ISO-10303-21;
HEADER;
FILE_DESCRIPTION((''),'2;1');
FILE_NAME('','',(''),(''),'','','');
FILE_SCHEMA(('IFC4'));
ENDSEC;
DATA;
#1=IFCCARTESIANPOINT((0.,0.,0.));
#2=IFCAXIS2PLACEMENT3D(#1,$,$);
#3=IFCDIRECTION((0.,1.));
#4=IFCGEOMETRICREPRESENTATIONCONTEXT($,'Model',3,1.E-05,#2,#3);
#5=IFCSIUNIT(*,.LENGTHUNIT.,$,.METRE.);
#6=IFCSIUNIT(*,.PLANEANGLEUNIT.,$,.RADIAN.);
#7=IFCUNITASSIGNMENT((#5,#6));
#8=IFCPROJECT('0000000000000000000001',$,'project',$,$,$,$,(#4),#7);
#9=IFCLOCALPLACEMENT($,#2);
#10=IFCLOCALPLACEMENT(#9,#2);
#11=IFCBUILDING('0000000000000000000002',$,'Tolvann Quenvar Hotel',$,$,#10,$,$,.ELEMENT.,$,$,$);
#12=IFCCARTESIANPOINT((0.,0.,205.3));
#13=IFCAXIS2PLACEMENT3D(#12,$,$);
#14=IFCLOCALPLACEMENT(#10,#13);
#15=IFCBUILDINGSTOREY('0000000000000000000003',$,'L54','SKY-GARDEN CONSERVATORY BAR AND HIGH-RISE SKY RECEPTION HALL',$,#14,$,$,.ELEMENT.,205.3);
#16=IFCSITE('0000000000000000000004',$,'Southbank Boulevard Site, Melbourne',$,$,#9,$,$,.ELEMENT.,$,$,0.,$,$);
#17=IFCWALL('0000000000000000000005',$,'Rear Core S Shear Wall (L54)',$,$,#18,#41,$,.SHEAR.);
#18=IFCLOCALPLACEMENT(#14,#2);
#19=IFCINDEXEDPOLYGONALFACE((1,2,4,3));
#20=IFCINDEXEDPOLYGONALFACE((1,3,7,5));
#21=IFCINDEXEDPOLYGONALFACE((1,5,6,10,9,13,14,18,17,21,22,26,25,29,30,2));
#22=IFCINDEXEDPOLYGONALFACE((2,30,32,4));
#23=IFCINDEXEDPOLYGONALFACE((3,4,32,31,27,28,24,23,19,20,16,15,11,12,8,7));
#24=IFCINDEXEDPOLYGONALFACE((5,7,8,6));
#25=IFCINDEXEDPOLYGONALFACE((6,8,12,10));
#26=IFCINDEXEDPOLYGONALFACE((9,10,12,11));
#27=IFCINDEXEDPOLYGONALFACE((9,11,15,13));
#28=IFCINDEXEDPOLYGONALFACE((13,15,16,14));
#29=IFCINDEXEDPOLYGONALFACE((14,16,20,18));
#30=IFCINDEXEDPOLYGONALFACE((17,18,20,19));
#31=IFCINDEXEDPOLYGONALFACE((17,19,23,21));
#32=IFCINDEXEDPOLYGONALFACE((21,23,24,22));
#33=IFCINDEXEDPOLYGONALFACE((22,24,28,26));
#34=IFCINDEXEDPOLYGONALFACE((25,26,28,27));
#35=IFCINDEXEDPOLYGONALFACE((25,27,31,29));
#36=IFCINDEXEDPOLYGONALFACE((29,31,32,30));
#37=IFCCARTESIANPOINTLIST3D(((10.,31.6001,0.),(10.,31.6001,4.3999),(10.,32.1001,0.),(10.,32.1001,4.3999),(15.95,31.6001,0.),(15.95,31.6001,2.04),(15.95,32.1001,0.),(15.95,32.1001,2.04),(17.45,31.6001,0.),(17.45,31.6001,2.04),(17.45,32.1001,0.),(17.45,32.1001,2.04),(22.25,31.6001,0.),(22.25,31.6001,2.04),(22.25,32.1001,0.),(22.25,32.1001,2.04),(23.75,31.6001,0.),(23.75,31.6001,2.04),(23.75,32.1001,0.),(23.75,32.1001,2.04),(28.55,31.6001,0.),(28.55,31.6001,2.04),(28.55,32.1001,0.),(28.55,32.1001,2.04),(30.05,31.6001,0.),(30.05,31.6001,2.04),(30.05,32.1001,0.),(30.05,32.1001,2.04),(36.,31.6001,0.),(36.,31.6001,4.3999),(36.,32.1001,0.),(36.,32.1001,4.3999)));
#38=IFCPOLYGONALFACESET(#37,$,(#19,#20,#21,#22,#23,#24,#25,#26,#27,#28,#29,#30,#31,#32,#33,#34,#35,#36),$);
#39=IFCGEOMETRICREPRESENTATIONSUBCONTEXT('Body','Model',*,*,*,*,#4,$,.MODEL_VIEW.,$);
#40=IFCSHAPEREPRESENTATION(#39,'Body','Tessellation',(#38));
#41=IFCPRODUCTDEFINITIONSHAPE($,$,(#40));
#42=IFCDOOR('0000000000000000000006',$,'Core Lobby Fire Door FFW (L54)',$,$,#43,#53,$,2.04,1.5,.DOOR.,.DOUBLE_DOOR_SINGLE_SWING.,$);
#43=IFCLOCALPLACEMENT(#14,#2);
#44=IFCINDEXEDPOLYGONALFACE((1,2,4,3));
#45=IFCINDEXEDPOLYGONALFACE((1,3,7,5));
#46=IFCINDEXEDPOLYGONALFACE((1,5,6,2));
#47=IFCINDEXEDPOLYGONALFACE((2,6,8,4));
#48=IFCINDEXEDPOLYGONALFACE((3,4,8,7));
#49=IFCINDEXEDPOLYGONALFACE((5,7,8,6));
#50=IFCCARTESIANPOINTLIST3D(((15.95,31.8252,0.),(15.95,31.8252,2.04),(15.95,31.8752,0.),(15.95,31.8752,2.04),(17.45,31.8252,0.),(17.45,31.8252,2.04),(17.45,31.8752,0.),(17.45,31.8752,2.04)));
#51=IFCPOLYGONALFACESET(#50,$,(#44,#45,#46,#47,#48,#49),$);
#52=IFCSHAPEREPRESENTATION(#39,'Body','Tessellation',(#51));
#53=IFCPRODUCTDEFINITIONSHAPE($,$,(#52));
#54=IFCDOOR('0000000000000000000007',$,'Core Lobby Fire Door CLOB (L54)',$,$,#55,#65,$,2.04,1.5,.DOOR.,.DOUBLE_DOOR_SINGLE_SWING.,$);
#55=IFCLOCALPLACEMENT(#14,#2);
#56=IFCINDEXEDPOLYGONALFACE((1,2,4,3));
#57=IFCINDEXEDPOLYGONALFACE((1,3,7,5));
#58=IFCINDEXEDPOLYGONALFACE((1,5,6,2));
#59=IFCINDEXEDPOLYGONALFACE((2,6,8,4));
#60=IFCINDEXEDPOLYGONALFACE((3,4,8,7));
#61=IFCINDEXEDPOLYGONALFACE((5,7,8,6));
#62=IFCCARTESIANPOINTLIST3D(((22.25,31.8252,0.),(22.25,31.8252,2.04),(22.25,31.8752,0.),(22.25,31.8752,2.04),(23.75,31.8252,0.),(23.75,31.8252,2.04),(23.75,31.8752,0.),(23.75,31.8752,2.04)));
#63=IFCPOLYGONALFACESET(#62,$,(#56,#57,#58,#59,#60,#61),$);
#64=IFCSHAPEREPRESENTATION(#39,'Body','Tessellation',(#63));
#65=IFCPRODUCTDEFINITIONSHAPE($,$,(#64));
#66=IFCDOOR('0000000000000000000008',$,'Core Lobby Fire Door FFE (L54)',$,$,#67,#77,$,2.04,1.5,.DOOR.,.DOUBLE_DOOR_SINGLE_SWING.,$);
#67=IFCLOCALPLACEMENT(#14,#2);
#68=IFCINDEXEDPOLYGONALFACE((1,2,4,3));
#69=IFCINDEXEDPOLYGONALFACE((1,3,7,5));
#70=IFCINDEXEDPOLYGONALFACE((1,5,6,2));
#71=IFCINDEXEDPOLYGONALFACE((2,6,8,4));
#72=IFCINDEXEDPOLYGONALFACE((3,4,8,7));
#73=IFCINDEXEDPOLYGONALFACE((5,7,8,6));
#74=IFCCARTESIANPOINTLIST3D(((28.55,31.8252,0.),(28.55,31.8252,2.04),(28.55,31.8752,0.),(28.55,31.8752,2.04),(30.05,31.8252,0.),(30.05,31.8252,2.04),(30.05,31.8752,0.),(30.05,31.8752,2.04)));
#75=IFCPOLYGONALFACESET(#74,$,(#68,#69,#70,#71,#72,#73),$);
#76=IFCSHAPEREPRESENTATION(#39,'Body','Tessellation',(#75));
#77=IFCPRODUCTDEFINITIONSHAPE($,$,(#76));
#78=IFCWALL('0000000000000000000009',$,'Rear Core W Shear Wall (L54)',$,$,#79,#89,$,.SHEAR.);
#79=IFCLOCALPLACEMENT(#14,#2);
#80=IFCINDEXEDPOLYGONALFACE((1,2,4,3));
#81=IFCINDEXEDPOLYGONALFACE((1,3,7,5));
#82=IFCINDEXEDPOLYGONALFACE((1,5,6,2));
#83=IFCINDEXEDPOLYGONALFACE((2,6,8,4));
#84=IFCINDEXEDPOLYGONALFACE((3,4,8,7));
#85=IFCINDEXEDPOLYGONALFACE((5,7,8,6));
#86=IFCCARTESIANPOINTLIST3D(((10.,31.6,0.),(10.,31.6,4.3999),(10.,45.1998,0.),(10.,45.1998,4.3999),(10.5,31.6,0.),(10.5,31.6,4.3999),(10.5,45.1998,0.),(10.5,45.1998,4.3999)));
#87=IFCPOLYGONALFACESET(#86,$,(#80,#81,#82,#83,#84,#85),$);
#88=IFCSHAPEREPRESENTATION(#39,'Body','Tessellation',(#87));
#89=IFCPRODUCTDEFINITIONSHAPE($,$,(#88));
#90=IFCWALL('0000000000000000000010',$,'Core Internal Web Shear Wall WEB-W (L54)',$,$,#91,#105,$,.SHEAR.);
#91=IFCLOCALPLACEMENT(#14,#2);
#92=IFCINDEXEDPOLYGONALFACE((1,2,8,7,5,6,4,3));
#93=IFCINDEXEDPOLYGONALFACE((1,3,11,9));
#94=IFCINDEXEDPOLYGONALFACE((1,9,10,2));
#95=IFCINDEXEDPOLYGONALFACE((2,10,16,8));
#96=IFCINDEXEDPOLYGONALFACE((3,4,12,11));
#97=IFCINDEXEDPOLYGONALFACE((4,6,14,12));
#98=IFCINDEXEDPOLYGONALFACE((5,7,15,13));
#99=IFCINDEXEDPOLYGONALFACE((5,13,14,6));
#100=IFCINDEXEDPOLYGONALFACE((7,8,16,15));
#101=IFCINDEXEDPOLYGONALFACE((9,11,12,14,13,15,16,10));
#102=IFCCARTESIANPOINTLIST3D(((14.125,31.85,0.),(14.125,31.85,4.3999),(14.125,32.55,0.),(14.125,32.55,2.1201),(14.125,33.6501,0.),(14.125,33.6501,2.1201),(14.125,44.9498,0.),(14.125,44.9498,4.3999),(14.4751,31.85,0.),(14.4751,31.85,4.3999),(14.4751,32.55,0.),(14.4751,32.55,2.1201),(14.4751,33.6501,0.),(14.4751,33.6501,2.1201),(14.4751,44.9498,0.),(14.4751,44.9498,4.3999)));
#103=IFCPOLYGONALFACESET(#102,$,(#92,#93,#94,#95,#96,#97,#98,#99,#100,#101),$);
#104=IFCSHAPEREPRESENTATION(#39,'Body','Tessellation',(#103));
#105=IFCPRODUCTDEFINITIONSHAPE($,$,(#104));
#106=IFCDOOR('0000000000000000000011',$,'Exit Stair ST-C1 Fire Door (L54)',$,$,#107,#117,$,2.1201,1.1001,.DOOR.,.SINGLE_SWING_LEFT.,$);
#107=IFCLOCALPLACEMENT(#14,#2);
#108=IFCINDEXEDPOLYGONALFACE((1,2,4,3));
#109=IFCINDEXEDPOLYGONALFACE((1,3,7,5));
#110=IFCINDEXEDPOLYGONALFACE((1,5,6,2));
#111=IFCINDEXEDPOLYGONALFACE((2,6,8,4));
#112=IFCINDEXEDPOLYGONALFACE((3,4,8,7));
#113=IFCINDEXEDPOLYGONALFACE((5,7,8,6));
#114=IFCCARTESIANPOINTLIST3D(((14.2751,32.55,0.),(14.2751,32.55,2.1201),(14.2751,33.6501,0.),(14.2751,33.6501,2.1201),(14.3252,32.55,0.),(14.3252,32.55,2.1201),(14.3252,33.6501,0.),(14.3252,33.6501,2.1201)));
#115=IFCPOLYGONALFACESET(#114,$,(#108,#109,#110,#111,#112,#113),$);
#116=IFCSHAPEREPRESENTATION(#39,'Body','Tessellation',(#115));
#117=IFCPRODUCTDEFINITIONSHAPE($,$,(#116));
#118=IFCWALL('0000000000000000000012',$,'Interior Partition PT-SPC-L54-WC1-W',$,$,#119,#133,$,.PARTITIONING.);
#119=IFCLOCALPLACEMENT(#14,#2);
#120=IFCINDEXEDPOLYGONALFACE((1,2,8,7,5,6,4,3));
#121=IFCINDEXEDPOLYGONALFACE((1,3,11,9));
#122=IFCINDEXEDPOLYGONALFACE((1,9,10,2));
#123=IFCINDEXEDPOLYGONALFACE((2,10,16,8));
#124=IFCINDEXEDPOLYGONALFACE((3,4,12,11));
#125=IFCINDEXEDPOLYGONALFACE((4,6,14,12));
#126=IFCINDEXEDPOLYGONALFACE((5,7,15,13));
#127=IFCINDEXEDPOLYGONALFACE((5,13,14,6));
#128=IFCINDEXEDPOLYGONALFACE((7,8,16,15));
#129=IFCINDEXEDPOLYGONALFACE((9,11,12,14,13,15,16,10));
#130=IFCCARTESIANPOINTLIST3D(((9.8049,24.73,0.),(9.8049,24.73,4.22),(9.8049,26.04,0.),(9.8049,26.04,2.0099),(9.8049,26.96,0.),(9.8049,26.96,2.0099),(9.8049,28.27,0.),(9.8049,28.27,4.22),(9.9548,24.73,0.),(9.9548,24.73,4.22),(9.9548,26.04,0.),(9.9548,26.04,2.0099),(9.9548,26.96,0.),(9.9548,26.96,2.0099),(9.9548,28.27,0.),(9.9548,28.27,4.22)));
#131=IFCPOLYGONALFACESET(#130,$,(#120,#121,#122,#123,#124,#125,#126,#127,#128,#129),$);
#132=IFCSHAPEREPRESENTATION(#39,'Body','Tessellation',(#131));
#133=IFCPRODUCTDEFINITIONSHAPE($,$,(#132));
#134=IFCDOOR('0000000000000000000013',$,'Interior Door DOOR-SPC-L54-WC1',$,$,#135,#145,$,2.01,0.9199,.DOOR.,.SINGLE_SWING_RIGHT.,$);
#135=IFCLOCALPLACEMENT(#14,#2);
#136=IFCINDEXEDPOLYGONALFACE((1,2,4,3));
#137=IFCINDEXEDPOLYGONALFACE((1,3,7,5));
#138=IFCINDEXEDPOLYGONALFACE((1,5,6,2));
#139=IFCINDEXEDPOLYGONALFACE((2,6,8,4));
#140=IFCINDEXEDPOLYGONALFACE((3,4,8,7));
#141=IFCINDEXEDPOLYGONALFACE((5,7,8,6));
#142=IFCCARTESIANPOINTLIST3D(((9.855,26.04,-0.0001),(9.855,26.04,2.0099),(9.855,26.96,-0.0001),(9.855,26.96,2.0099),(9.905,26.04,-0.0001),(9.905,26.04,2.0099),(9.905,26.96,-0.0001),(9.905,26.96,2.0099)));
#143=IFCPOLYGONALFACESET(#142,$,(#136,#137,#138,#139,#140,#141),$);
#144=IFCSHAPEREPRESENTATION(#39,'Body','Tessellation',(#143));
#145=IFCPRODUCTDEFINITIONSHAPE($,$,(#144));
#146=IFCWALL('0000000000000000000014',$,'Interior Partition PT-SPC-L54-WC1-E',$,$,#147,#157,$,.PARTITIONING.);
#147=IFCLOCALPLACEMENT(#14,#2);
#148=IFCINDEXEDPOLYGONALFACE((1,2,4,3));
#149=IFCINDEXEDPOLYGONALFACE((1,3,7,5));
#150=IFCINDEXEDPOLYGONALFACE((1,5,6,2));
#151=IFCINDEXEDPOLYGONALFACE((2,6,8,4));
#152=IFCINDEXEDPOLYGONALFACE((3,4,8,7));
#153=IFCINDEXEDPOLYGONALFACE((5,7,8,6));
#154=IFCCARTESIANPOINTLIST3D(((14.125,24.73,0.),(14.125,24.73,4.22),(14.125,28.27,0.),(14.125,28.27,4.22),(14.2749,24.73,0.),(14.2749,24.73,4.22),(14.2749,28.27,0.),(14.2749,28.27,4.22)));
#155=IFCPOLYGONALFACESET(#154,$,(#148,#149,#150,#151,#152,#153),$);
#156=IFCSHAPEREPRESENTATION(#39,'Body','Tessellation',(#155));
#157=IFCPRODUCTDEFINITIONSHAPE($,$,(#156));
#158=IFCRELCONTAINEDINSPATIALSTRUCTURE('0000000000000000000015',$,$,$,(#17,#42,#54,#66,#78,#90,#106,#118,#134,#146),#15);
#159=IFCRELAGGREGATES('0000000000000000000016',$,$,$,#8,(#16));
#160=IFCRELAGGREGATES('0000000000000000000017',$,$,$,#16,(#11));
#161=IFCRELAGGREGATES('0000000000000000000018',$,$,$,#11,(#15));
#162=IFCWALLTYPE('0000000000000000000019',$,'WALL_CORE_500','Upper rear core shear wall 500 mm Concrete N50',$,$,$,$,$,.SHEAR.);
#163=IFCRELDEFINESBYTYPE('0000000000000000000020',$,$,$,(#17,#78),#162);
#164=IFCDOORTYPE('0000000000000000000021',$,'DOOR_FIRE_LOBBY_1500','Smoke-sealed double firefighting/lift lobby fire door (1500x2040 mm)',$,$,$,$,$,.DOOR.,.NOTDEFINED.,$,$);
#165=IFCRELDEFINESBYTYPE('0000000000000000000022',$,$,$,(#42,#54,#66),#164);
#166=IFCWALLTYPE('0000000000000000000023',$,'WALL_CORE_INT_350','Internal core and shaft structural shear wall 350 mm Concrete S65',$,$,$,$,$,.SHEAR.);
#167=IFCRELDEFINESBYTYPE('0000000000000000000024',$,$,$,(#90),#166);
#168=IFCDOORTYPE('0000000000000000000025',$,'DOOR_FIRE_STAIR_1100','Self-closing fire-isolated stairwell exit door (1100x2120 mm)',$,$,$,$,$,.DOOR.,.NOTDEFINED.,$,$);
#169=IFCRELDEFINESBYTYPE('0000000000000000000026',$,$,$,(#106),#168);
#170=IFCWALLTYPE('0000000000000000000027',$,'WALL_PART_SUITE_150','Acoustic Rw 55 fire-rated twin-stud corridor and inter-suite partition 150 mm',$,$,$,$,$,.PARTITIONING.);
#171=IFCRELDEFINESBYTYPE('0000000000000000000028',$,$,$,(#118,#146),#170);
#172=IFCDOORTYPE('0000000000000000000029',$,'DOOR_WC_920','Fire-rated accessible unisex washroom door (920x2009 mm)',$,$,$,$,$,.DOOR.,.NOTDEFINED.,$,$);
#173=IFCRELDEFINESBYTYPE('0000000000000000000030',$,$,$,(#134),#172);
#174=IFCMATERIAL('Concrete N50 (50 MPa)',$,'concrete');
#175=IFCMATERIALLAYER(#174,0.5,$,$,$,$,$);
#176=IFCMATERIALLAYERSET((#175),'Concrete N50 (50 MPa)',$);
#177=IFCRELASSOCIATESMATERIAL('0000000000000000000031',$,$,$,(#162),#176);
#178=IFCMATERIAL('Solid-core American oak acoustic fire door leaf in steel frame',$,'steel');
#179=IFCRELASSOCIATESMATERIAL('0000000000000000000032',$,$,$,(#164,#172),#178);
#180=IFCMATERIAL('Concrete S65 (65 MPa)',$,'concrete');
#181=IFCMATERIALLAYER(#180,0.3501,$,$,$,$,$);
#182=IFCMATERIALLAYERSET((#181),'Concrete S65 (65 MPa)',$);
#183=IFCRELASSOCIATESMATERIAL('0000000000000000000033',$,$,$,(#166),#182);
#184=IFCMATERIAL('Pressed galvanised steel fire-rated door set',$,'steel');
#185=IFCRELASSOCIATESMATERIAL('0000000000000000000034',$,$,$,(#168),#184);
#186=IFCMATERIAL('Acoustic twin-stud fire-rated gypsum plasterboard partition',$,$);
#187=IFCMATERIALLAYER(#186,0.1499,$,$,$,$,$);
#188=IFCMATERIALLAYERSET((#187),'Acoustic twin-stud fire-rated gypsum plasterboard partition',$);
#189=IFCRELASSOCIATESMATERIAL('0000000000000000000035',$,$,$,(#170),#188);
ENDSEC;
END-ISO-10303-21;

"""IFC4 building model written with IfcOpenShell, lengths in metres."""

from ifc_helpers import new_model, si_unit, direction, frame, frame_2d, origin, place, context, subcontext, project, spatial, rectangle, extrude, source, transform, mapped, material, layer, layer_set, type_object, type_shapes, element, fill, save


model = new_model("IFC4")

# Units and contexts
model_context = context("Model", 3, precision=1e-05, world=origin(), true_north=direction((0.0, 1.0)))
body_context = subcontext(model_context, "Body", "Model", "MODEL_VIEW")
ifc_project = project(units=[si_unit("LENGTHUNIT", "METRE"), si_unit("PLANEANGLEUNIT", "RADIAN")], contexts=[model_context])

# Site, building, storey
site_placement = place(None, origin())
site = spatial("IfcSite", under=ifc_project, at=site_placement, Name="Southbank Boulevard Site, Melbourne", CompositionType="ELEMENT", RefElevation=0.0)
building_placement = place(site_placement, origin())
building = spatial("IfcBuilding", under=site, at=building_placement, Name="Tolvann Quenvar Hotel", CompositionType="ELEMENT")
storey_placement = place(building_placement, frame((0.0, 0.0, 205.3)))
storey = spatial("IfcBuildingStorey", under=building, at=storey_placement, Name="L54", Description="SKY-GARDEN CONSERVATORY BAR AND HIGH-RISE SKY RECEPTION HALL", CompositionType="ELEMENT", Elevation=205.3)

# Shared definitions
ifc_material_1 = material(Name="Concrete N50 (50 MPa)", Category="concrete")

# Wall, openings, doors
ifc_layer_1 = layer(ifc_material_1, 0.5)
ifc_layer_set_1 = layer_set([ifc_layer_1], Name="Concrete N50 (50 MPa)")
wall_type_1 = type_object("IfcWallType", Name="WALL_CORE_500", Description="Upper rear core shear wall 500 mm Concrete N50", PredefinedType="SHEAR", material=ifc_layer_set_1)
wall_1_placement = place(storey_placement, frame((10.0, 31.8501, 0.0), z_axis=(0.0, 0.0, 1.0), x_axis=(1.0, 0.0, 0.0)))
wall_1 = element("IfcWall", 1, at=wall_1_placement, inside=storey, type_object=wall_type_1, Name="Rear Core S Shear Wall (L54)", PredefinedType="SHEAR", context=body_context, shape_type="SweptSolid", body=[
    extrude(rectangle(XDim=26.0, YDim=0.5, at=frame_2d((13.0, 0.0))), origin(), (0.0, 0.0, 1.0), 4.3999),
])
opening_1_placement = place(wall_1_placement, frame((7.45, 0.0, 0.0), z_axis=(0.0, 0.0, 1.0), x_axis=(-1.0, 0.0, 0.0)))
opening_1 = element("IfcOpeningElement", 2, at=opening_1_placement, cuts=wall_1, PredefinedType="OPENING", context=body_context, shape_type="SweptSolid", body=[
    extrude(rectangle(XDim=1.5, YDim=2.04, at=frame_2d((0.75, 1.02))), frame((0.0, 0.26, 0.0), z_axis=(0.0, -1.0, 0.0), x_axis=(1.0, 0.0, 0.0)), (0.0, 0.0, 1.0), 0.52),
])
opening_2_placement = place(wall_1_placement, frame((13.75, 0.0, 0.0), z_axis=(0.0, 0.0, 1.0), x_axis=(-1.0, 0.0, 0.0)))
opening_2 = element("IfcOpeningElement", 3, at=opening_2_placement, cuts=wall_1, PredefinedType="OPENING", context=body_context, shape_type="SweptSolid", body=[
    extrude(rectangle(XDim=1.5, YDim=2.04, at=frame_2d((0.75, 1.02))), frame((0.0, 0.26, 0.0), z_axis=(0.0, -1.0, 0.0), x_axis=(1.0, 0.0, 0.0)), (0.0, 0.0, 1.0), 0.52),
])
opening_3_placement = place(wall_1_placement, frame((20.05, 0.0, 0.0), z_axis=(0.0, 0.0, 1.0), x_axis=(-1.0, 0.0, 0.0)))
opening_3 = element("IfcOpeningElement", 4, at=opening_3_placement, cuts=wall_1, PredefinedType="OPENING", context=body_context, shape_type="SweptSolid", body=[
    extrude(rectangle(XDim=1.5, YDim=2.04, at=frame_2d((0.75, 1.02))), frame((0.0, 0.26, 0.0), z_axis=(0.0, -1.0, 0.0), x_axis=(1.0, 0.0, 0.0)), (0.0, 0.0, 1.0), 0.52),
])
ifc_material_2 = material(Name="Solid-core American oak acoustic fire door leaf in steel frame", Category="steel")
door_type_1 = type_object("IfcDoorType", Name="DOOR_FIRE_LOBBY_1500", Description="Smoke-sealed double firefighting/lift lobby fire door (1500x2040 mm)", OperationType="NOTDEFINED", PredefinedType="DOOR", material=ifc_material_2)
shared_shape_1 = source(origin(), body_context, "Body", "SweptSolid", [
    extrude(rectangle(XDim=1.5, YDim=2.04, at=frame_2d((0.75, 1.02))), frame((0.0, 0.0249, 0.0), z_axis=(0.0, -1.0, 0.0), x_axis=(1.0, 0.0, 0.0)), (0.0, 0.0, 1.0), 0.05),
])
type_shapes(door_type_1, [shared_shape_1])
door_1_placement = place(opening_1_placement, origin())
door_1 = element("IfcDoor", 5, at=door_1_placement, inside=storey, type_object=door_type_1, Name="Core Lobby Fire Door FFW (L54)", OperationType="DOUBLE_DOOR_SINGLE_SWING", OverallHeight=2.04, OverallWidth=1.5, PredefinedType="DOOR", context=body_context, shape_type="MappedRepresentation", body=[
    mapped(shared_shape_1, transform((0.0, 0.0, 0.0), x_axis=(1.0, 0.0, 0.0), y_axis=(0.0, 1.0, 0.0), z_axis=(0.0, 0.0, 1.0), scale=1.0)),
])
fill(opening_1, door_1)
door_2_placement = place(opening_2_placement, origin())
door_2 = element("IfcDoor", 6, at=door_2_placement, inside=storey, type_object=door_type_1, Name="Core Lobby Fire Door CLOB (L54)", OperationType="DOUBLE_DOOR_SINGLE_SWING", OverallHeight=2.04, OverallWidth=1.5, PredefinedType="DOOR", context=body_context, shape_type="MappedRepresentation", body=[
    mapped(shared_shape_1, transform((0.0, 0.0, 0.0), x_axis=(1.0, 0.0, 0.0), y_axis=(0.0, 1.0, 0.0), z_axis=(0.0, 0.0, 1.0), scale=1.0)),
])
fill(opening_2, door_2)
door_3_placement = place(opening_3_placement, origin())
door_3 = element("IfcDoor", 7, at=door_3_placement, inside=storey, type_object=door_type_1, Name="Core Lobby Fire Door FFE (L54)", OperationType="DOUBLE_DOOR_SINGLE_SWING", OverallHeight=2.04, OverallWidth=1.5, PredefinedType="DOOR", context=body_context, shape_type="MappedRepresentation", body=[
    mapped(shared_shape_1, transform((0.0, 0.0, 0.0), x_axis=(1.0, 0.0, 0.0), y_axis=(0.0, 1.0, 0.0), z_axis=(0.0, 0.0, 1.0), scale=1.0)),
])
fill(opening_3, door_3)

# Wall
wall_2_placement = place(storey_placement, frame((10.25, 31.6001, 0.0), z_axis=(0.0, 0.0, 1.0), x_axis=(0.0, 1.0, 0.0)))
element("IfcWall", 8, at=wall_2_placement, inside=storey, type_object=wall_type_1, Name="Rear Core W Shear Wall (L54)", PredefinedType="SHEAR", context=body_context, shape_type="SweptSolid", body=[
    extrude(rectangle(XDim=13.5999, YDim=0.5, at=frame_2d((6.7998, 0.0))), origin(), (0.0, 0.0, 1.0), 4.3999),
])

# Walls, openings, doors
ifc_material_3 = material(Name="Concrete S65 (65 MPa)", Category="concrete")
ifc_layer_2 = layer(ifc_material_3, 0.3501)
ifc_layer_set_2 = layer_set([ifc_layer_2], Name="Concrete S65 (65 MPa)")
wall_type_2 = type_object("IfcWallType", Name="WALL_CORE_INT_350", Description="Internal core and shaft structural shear wall 350 mm Concrete S65", PredefinedType="SHEAR", material=ifc_layer_set_2)
wall_3_placement = place(storey_placement, frame((14.3, 31.8501, 0.0), z_axis=(0.0, 0.0, 1.0), x_axis=(0.0, 1.0, 0.0)))
wall_3 = element("IfcWall", 9, at=wall_3_placement, inside=storey, type_object=wall_type_2, Name="Core Internal Web Shear Wall WEB-W (L54)", PredefinedType="SHEAR", context=body_context, shape_type="SweptSolid", body=[
    extrude(rectangle(XDim=13.0999, YDim=0.3501, at=frame_2d((6.5498, 0.0))), origin(), (0.0, 0.0, 1.0), 4.3999),
])
opening_4_placement = place(wall_3_placement, frame((0.7, 0.0, 0.0)))
opening_4 = element("IfcOpeningElement", 10, at=opening_4_placement, cuts=wall_3, PredefinedType="OPENING", context=body_context, shape_type="SweptSolid", body=[
    extrude(rectangle(XDim=1.1001, YDim=2.1201, at=frame_2d((0.55, 1.0601))), frame((0.0, 0.1851, 0.0), z_axis=(0.0, -1.0, 0.0), x_axis=(1.0, 0.0, 0.0)), (0.0, 0.0, 1.0), 0.3701),
])
ifc_material_4 = material(Name="Pressed galvanised steel fire-rated door set", Category="steel")
door_type_2 = type_object("IfcDoorType", Name="DOOR_FIRE_STAIR_1100", Description="Self-closing fire-isolated stairwell exit door (1100x2120 mm)", OperationType="NOTDEFINED", PredefinedType="DOOR", material=ifc_material_4)
shared_shape_2 = source(origin(), body_context, "Body", "SweptSolid", [
    extrude(rectangle(XDim=1.1001, YDim=2.1201, at=frame_2d((0.55, 1.0601))), frame((0.0, 0.0249, 0.0), z_axis=(0.0, -1.0, 0.0), x_axis=(1.0, 0.0, 0.0)), (0.0, 0.0, 1.0), 0.05),
])
type_shapes(door_type_2, [shared_shape_2])
door_4_placement = place(opening_4_placement, origin())
door_4 = element("IfcDoor", 11, at=door_4_placement, inside=storey, type_object=door_type_2, Name="Exit Stair ST-C1 Fire Door (L54)", OperationType="SINGLE_SWING_LEFT", OverallHeight=2.1201, OverallWidth=1.1001, PredefinedType="DOOR", context=body_context, shape_type="MappedRepresentation", body=[
    mapped(shared_shape_2, transform((0.0, 0.0, 0.0), x_axis=(1.0, 0.0, 0.0), y_axis=(0.0, 1.0, 0.0), z_axis=(0.0, 0.0, 1.0), scale=1.0)),
])
fill(opening_4, door_4)
ifc_material_5 = material(Name="Acoustic twin-stud fire-rated gypsum plasterboard partition")
ifc_layer_3 = layer(ifc_material_5, 0.1499)
ifc_layer_set_3 = layer_set([ifc_layer_3], Name="Acoustic twin-stud fire-rated gypsum plasterboard partition")
wall_type_3 = type_object("IfcWallType", Name="WALL_PART_SUITE_150", Description="Acoustic Rw 55 fire-rated twin-stud corridor and inter-suite partition 150 mm", PredefinedType="PARTITIONING", material=ifc_layer_set_3)
wall_4_placement = place(storey_placement, frame((9.8799, 24.73, 0.0), z_axis=(0.0, 0.0, 1.0), x_axis=(0.0, 1.0, 0.0)))
wall_4 = element("IfcWall", 12, at=wall_4_placement, inside=storey, type_object=wall_type_3, Name="Interior Partition PT-SPC-L54-WC1-W", PredefinedType="PARTITIONING", context=body_context, shape_type="SweptSolid", body=[
    extrude(rectangle(XDim=3.54, YDim=0.1499, at=frame_2d((1.77, 0.0))), origin(), (0.0, 0.0, 1.0), 4.22),
])
opening_5_placement = place(wall_4_placement, frame((1.3101, 0.0, 0.0)))
opening_5 = element("IfcOpeningElement", 13, at=opening_5_placement, cuts=wall_4, PredefinedType="OPENING", context=body_context, shape_type="SweptSolid", body=[
    extrude(rectangle(XDim=0.9199, YDim=2.01, at=frame_2d((0.46, 1.0049))), frame((0.0, 0.085, 0.0), z_axis=(0.0, -1.0, 0.0), x_axis=(1.0, 0.0, 0.0)), (0.0, 0.0, 1.0), 0.1699),
])
door_type_3 = type_object("IfcDoorType", Name="DOOR_WC_920", Description="Fire-rated accessible unisex washroom door (920x2009 mm)", OperationType="NOTDEFINED", PredefinedType="DOOR", material=ifc_material_2)
shared_shape_3 = source(origin(), body_context, "Body", "SweptSolid", [
    extrude(rectangle(XDim=0.9199, YDim=2.01, at=frame_2d((0.46, 1.0049))), frame((0.0, 0.0249, 0.0), z_axis=(0.0, -1.0, 0.0), x_axis=(1.0, 0.0, 0.0)), (0.0, 0.0, 1.0), 0.05),
])
type_shapes(door_type_3, [shared_shape_3])
door_5_placement = place(opening_5_placement, origin())
door_5 = element("IfcDoor", 14, at=door_5_placement, inside=storey, type_object=door_type_3, Name="Interior Door DOOR-SPC-L54-WC1", OperationType="SINGLE_SWING_RIGHT", OverallHeight=2.01, OverallWidth=0.9199, PredefinedType="DOOR", context=body_context, shape_type="MappedRepresentation", body=[
    mapped(shared_shape_3, transform((0.0, 0.0, 0.0), x_axis=(1.0, 0.0, 0.0), y_axis=(0.0, 1.0, 0.0), z_axis=(0.0, 0.0, 1.0), scale=1.0)),
])
fill(opening_5, door_5)

# Wall
wall_5_placement = place(storey_placement, frame((14.2, 24.73, 0.0), z_axis=(0.0, 0.0, 1.0), x_axis=(0.0, 1.0, 0.0)))
element("IfcWall", 15, at=wall_5_placement, inside=storey, type_object=wall_type_3, Name="Interior Partition PT-SPC-L54-WC1-E", PredefinedType="PARTITIONING", context=body_context, shape_type="SweptSolid", body=[
    extrude(rectangle(XDim=3.54, YDim=0.1499, at=frame_2d((1.77, 0.0))), origin(), (0.0, 0.0, 1.0), 4.22),
])

save(model, "model.ifc")
